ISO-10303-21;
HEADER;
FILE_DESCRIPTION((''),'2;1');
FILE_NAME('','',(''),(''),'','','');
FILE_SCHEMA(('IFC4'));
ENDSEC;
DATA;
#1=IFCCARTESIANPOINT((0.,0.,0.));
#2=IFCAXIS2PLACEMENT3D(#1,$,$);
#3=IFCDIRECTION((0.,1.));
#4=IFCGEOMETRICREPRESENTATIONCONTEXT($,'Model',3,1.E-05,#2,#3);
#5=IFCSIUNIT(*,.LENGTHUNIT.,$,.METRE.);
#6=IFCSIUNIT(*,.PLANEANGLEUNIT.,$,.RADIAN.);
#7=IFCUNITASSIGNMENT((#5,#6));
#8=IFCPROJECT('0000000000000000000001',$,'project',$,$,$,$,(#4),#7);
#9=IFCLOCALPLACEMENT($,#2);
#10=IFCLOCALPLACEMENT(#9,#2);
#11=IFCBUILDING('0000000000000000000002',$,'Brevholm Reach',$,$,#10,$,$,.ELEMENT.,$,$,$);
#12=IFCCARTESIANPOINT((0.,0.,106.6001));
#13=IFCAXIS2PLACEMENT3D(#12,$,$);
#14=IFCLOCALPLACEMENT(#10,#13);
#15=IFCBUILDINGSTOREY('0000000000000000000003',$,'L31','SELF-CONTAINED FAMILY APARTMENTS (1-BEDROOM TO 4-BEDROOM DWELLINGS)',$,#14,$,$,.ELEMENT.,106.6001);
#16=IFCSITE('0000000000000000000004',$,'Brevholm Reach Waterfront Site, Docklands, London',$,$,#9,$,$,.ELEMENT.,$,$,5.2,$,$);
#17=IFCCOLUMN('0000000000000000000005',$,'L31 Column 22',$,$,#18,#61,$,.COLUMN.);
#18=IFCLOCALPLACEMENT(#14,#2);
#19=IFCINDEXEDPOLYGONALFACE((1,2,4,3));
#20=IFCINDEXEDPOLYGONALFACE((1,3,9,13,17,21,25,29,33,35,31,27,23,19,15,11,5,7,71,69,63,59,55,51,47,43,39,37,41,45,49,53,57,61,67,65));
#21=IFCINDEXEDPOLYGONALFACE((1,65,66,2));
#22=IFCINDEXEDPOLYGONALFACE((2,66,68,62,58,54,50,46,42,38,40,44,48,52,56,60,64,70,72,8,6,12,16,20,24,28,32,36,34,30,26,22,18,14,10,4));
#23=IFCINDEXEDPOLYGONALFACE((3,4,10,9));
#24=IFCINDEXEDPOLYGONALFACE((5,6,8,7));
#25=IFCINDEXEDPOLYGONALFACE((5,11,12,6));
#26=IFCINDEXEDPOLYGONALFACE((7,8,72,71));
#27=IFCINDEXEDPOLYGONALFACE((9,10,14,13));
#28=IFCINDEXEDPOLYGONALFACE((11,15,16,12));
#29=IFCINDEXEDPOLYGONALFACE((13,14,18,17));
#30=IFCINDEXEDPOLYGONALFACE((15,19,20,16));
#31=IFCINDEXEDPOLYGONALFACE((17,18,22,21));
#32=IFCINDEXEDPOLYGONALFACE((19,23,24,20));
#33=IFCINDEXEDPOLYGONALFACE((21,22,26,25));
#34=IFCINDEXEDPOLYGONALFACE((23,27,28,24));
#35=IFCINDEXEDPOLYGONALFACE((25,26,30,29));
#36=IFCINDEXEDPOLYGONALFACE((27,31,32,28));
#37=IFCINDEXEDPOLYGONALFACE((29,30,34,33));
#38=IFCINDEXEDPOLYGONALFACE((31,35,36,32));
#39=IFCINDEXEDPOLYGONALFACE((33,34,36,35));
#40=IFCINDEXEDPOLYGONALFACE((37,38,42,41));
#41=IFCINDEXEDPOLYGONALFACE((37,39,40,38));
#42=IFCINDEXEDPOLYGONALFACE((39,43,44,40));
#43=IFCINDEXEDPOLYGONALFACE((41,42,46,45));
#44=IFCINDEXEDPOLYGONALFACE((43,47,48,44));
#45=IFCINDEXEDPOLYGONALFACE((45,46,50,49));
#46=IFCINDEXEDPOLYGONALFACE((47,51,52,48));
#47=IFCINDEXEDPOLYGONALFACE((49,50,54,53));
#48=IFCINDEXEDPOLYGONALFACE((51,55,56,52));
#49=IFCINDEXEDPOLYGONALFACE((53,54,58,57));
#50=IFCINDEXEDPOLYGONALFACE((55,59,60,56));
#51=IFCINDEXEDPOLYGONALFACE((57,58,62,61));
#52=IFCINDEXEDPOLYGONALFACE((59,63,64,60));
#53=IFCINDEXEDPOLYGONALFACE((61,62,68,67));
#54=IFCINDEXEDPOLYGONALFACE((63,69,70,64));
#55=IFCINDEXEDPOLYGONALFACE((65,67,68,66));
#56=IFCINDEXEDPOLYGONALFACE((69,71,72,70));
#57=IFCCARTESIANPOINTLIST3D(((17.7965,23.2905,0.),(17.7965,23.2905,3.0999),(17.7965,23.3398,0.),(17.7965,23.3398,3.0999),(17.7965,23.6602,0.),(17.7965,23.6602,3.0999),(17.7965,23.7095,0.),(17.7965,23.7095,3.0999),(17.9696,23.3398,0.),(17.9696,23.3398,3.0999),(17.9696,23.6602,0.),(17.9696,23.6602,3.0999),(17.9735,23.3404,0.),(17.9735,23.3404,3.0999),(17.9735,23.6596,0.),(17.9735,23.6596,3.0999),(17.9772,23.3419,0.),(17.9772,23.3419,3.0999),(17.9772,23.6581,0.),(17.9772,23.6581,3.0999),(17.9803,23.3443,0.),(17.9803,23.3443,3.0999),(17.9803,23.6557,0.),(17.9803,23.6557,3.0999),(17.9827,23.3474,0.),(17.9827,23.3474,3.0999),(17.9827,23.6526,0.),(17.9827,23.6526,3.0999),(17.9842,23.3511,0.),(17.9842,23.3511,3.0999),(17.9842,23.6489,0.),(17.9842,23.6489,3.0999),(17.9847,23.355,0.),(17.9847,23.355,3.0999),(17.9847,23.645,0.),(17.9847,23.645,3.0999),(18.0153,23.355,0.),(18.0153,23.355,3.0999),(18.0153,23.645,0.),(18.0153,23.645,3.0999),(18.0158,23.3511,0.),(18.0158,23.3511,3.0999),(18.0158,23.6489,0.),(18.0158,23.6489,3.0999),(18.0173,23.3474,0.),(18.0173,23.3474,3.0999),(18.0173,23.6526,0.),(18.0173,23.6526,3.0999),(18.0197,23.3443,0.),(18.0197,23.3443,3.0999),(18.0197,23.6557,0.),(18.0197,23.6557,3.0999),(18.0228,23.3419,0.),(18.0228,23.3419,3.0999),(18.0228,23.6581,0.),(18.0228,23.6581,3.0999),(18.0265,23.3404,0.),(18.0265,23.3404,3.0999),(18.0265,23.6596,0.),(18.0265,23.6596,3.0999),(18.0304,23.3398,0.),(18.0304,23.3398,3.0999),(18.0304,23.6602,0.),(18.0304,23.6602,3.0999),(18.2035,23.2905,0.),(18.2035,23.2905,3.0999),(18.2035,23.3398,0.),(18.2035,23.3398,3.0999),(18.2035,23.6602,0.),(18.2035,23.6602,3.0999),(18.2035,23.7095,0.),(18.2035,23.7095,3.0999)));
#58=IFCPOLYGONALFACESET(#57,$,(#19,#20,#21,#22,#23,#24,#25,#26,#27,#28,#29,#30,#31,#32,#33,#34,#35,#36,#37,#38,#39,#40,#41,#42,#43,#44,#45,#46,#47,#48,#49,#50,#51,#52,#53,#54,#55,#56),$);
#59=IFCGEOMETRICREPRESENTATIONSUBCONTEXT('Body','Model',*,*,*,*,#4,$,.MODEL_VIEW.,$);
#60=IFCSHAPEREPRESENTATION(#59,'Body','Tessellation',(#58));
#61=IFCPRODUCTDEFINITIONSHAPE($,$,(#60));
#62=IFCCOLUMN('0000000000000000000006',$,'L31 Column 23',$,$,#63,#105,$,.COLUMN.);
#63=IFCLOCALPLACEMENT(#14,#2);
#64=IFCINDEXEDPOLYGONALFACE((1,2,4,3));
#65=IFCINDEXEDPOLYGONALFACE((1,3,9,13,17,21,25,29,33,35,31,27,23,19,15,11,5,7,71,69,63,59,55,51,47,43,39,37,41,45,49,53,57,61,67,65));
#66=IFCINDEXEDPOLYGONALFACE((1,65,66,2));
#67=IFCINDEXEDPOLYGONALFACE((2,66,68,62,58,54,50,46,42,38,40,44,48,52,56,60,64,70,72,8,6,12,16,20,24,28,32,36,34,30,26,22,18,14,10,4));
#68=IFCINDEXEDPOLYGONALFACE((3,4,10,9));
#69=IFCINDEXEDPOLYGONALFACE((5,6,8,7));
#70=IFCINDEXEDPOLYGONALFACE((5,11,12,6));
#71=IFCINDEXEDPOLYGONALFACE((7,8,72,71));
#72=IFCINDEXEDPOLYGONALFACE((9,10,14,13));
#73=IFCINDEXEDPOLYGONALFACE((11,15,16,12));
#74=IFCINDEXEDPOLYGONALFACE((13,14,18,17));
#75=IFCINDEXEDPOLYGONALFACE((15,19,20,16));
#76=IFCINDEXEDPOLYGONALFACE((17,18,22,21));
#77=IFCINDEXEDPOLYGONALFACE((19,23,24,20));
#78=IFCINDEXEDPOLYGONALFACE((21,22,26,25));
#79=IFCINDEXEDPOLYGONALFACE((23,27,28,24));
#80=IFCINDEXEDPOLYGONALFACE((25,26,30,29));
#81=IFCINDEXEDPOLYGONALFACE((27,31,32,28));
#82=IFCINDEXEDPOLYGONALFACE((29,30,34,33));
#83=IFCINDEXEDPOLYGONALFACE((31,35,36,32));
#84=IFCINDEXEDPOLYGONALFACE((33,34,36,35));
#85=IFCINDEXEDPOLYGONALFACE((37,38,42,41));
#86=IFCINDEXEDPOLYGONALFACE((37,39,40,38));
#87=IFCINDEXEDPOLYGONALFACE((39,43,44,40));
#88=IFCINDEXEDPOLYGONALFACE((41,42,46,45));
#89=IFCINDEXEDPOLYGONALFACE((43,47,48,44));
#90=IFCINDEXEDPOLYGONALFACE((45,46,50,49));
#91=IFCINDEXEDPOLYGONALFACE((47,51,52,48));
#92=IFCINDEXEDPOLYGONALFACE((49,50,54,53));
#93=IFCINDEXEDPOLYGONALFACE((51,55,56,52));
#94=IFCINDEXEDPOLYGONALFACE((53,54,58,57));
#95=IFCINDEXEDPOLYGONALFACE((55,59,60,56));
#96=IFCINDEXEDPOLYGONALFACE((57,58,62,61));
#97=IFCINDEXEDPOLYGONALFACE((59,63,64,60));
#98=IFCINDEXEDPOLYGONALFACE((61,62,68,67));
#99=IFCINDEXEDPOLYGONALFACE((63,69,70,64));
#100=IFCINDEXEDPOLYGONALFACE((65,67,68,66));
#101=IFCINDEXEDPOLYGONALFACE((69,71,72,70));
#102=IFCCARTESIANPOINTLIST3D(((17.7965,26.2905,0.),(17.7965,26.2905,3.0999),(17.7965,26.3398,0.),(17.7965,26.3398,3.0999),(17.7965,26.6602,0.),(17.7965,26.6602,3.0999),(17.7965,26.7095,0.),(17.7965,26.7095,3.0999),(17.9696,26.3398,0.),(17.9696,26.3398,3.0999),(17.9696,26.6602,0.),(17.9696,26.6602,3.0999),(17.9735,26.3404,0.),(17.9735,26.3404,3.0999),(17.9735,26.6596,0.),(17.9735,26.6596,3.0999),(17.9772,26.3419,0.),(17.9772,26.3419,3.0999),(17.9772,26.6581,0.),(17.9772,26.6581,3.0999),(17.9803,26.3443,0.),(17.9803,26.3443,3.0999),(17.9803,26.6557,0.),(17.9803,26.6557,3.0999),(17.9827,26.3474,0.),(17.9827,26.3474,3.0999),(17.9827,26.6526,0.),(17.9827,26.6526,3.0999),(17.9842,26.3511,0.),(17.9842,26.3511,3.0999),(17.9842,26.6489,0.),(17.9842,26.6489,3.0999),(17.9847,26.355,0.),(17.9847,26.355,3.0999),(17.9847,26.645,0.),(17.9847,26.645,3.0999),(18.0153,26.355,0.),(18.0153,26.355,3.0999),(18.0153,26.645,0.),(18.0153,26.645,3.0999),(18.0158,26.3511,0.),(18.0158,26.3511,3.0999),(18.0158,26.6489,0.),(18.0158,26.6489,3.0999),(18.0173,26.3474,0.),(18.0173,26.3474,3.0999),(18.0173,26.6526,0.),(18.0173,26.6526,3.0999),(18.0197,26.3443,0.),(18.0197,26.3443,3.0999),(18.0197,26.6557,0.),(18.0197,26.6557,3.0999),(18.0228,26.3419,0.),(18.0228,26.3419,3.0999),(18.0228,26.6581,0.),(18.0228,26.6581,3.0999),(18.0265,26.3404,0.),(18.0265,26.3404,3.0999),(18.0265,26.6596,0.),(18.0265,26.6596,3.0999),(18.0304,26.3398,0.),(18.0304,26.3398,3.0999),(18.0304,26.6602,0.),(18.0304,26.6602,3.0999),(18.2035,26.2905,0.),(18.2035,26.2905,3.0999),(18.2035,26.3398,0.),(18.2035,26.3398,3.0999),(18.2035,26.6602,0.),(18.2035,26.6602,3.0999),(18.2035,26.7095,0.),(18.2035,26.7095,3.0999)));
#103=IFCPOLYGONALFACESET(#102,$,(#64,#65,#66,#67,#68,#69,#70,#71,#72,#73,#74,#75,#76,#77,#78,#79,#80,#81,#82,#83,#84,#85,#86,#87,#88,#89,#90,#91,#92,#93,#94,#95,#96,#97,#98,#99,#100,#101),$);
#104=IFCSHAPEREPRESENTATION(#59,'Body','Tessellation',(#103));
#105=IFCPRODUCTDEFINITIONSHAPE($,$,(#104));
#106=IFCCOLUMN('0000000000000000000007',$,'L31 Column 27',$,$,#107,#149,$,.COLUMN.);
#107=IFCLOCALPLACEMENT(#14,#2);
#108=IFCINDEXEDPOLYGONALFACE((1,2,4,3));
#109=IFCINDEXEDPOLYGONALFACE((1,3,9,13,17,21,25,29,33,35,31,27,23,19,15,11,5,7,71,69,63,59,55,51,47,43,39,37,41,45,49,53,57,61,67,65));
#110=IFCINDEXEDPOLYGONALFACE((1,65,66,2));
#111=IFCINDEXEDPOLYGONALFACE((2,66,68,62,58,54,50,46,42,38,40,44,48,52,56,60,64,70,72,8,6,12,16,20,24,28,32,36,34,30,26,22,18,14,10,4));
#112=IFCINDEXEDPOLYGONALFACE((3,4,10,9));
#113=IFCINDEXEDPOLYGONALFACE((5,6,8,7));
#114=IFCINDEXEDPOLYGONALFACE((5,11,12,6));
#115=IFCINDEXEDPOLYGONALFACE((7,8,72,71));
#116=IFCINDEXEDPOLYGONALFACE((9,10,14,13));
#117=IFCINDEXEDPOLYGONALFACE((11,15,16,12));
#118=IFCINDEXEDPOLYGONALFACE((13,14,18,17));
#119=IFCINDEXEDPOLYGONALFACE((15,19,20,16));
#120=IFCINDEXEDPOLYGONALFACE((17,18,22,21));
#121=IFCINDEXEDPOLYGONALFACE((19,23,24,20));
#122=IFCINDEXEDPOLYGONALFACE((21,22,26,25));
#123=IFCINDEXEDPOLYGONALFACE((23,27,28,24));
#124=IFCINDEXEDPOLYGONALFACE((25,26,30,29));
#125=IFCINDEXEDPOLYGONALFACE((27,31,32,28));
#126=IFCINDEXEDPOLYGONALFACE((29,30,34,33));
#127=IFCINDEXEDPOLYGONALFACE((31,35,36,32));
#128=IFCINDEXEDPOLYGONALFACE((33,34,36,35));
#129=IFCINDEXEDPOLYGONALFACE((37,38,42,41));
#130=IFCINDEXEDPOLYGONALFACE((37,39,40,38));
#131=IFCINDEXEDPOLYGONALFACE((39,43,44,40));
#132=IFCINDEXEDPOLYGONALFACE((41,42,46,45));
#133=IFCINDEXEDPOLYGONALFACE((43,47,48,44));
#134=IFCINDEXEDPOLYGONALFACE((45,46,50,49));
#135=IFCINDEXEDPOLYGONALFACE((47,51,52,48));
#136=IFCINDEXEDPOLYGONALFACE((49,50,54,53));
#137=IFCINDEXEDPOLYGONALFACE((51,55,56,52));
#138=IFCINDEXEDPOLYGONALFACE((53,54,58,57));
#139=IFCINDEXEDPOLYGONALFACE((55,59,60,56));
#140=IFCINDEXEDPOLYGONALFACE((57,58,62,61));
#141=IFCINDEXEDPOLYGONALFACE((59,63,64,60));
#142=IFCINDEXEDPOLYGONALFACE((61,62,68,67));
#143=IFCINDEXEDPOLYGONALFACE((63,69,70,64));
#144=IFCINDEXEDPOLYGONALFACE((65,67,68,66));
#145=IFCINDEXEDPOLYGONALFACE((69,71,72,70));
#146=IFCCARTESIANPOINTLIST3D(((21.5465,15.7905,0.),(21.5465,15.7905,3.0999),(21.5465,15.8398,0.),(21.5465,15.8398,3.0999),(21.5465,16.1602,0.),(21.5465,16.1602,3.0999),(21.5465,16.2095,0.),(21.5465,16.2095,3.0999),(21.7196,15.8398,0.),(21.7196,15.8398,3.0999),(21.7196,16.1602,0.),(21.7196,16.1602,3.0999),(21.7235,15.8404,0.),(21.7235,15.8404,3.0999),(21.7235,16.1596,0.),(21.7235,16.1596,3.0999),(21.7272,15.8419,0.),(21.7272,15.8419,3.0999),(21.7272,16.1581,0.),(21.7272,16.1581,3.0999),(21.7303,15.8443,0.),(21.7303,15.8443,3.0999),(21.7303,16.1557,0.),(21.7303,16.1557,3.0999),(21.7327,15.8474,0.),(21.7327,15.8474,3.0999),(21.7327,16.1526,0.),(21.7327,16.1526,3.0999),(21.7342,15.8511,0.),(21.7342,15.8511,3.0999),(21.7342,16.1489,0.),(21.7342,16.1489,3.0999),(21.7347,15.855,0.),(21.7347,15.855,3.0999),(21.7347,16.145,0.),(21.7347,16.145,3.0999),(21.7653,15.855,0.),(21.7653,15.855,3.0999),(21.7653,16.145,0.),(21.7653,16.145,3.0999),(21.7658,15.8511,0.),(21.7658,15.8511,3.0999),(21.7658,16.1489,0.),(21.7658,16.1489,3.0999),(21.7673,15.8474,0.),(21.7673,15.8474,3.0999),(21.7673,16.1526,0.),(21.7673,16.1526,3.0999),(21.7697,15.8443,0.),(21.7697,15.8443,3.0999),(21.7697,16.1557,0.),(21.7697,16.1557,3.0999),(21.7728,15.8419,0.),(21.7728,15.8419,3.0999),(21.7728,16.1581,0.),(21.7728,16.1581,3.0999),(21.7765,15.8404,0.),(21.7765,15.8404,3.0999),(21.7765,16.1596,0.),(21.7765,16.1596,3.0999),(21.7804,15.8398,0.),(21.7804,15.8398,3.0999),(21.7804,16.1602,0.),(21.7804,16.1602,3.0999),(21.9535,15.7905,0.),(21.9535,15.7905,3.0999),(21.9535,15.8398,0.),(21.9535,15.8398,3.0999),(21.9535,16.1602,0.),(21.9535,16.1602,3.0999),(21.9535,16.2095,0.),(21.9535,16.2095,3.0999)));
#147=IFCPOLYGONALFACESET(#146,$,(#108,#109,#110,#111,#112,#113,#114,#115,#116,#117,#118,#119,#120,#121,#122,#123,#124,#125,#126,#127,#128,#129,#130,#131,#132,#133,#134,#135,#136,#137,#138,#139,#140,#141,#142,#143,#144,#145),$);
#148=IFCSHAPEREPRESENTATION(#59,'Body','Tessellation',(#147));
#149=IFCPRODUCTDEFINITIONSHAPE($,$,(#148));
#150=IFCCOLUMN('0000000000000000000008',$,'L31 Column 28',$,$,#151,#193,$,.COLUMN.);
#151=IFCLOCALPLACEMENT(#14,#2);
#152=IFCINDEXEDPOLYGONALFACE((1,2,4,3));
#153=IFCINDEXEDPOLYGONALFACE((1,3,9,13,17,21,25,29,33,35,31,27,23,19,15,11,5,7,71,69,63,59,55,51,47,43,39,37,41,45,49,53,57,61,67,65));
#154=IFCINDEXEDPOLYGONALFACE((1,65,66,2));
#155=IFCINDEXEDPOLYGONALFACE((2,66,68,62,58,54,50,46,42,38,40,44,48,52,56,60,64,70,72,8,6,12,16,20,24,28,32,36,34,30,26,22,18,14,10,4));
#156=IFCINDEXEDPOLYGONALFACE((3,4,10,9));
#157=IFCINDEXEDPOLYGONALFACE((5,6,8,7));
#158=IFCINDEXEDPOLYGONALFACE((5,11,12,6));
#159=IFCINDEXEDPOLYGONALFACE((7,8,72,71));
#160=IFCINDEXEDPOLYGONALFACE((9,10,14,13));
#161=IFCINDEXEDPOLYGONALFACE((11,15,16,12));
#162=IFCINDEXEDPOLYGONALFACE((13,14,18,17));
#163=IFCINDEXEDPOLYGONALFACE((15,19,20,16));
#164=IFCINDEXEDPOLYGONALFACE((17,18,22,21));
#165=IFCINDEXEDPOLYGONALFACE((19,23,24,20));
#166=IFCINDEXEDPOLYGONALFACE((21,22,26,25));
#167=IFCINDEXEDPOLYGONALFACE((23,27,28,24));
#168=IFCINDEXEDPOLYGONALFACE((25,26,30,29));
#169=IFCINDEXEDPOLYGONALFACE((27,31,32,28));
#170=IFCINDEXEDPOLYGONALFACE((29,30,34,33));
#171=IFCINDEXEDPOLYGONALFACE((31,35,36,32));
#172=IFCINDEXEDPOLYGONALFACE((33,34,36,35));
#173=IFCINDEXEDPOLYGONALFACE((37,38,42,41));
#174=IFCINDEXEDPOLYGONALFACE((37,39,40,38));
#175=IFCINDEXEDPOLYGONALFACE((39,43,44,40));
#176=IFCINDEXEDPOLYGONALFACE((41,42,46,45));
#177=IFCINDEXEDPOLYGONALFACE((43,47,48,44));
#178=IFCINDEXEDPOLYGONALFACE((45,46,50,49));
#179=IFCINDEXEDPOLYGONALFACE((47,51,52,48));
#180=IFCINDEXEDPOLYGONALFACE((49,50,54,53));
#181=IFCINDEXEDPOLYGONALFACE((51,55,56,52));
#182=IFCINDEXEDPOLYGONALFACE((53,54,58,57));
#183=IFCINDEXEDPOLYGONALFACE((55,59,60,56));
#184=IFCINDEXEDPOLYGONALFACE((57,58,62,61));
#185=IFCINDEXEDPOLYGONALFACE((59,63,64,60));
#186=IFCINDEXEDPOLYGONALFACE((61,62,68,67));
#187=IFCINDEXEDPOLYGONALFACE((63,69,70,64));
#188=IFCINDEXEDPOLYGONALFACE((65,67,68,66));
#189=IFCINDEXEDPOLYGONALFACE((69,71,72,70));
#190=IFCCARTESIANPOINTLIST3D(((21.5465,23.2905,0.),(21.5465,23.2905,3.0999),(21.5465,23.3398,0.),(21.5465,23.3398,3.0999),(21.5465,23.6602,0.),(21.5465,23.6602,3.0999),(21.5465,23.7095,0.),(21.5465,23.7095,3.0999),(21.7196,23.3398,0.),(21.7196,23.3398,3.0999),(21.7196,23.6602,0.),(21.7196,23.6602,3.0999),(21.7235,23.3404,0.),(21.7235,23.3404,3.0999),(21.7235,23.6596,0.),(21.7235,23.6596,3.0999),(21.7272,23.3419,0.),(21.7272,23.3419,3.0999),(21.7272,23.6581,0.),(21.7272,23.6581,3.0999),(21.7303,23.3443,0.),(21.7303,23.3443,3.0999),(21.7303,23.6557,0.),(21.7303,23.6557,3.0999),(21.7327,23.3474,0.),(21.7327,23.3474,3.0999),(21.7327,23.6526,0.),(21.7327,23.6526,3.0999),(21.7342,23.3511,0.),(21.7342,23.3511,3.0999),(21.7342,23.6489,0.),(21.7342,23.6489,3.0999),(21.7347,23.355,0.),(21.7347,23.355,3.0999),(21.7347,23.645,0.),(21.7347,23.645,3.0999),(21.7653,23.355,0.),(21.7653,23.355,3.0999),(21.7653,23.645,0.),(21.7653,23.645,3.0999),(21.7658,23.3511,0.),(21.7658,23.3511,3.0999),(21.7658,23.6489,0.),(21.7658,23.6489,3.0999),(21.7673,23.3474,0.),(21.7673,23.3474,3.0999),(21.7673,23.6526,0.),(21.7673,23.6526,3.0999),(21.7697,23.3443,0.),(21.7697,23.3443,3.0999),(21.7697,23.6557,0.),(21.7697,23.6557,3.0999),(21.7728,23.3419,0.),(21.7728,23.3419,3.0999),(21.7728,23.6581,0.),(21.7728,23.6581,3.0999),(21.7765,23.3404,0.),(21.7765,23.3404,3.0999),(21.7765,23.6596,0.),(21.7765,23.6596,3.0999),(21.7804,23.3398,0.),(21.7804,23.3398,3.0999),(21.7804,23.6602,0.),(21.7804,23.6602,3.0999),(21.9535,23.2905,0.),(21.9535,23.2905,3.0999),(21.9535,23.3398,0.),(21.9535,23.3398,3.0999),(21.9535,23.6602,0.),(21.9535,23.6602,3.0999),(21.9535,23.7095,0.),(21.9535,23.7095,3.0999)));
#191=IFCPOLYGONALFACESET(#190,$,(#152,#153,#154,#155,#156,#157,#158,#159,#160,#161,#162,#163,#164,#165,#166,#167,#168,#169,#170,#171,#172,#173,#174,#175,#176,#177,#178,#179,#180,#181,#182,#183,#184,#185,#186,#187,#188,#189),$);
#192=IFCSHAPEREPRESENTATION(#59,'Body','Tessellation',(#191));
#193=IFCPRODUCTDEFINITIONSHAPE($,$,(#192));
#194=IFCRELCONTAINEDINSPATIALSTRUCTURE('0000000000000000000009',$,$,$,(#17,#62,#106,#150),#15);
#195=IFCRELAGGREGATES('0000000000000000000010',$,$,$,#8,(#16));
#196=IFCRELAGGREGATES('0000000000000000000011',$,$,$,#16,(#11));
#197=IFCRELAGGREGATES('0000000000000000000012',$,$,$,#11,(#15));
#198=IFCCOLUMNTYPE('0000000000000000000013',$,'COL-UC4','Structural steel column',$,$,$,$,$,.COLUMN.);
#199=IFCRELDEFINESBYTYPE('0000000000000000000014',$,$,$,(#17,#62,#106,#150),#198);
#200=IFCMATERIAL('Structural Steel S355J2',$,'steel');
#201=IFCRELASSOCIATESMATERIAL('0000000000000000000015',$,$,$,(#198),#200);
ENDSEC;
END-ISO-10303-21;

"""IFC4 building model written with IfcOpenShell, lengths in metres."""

from ifc_helpers import new_model, si_unit, direction, frame, origin, origin_2d, place, context, subcontext, project, spatial, i_section, extrude, material, material_profile, profile_set, type_object, element, save


model = new_model("IFC4")

# Units and contexts
model_context = context("Model", 3, precision=1e-05, world=origin(), true_north=direction((0.0, 1.0)))
body_context = subcontext(model_context, "Body", "Model", "MODEL_VIEW")
ifc_project = project(units=[si_unit("LENGTHUNIT", "METRE"), si_unit("PLANEANGLEUNIT", "RADIAN")], contexts=[model_context])

# Site, building, storey
site_placement = place(None, origin())
site = spatial("IfcSite", under=ifc_project, at=site_placement, Name="Brevholm Reach Waterfront Site, Docklands, London", CompositionType="ELEMENT", RefElevation=5.2)
building_placement = place(site_placement, origin())
building = spatial("IfcBuilding", under=site, at=building_placement, Name="Brevholm Reach", CompositionType="ELEMENT")
storey_placement = place(building_placement, frame((0.0, 0.0, 106.6001)))
storey = spatial("IfcBuildingStorey", under=building, at=storey_placement, Name="L31", Description="SELF-CONTAINED FAMILY APARTMENTS (1-BEDROOM TO 4-BEDROOM DWELLINGS)", CompositionType="ELEMENT", Elevation=106.6001)

# Columns
ifc_material_1 = material(Name="Structural Steel S355J2", Category="steel")
ifc_material_profile_1 = material_profile(ifc_material_1, i_section(OverallWidth=0.407, OverallDepth=0.4189, WebThickness=0.0305, FlangeThickness=0.0493, FilletRadius=0.0151, at=origin_2d()), Name="UKC 356x406x393")
ifc_profile_set_1 = profile_set([ifc_material_profile_1], Name="Structural Steel S355J2")
column_type_1 = type_object("IfcColumnType", Name="COL-UC4", Description="Structural steel column", PredefinedType="COLUMN", material=ifc_profile_set_1)
for number, where, z_axis, x_axis, name in (
    (1, (18.0, 23.5, 0.0), (0.0, 0.0, 1.0), (1.0, 0.0, 0.0), "L31 Column 22"),
    (2, (18.0, 26.5, 0.0), (0.0, 0.0, 1.0), (1.0, 0.0, 0.0), "L31 Column 23"),
    (3, (21.75, 16.0, 0.0), (0.0, 0.0, 1.0), (1.0, 0.0, 0.0), "L31 Column 27"),
    (4, (21.75, 23.5, 0.0), (0.0, 0.0, 1.0), (1.0, 0.0, 0.0), "L31 Column 28"),
):
    element("IfcColumn", number, at=place(storey_placement, frame(where, z_axis=z_axis, x_axis=x_axis)), inside=storey, type_object=column_type_1, Name=name, PredefinedType="COLUMN", context=body_context, shape_type="SweptSolid", body=[
        extrude(i_section(OverallWidth=0.407, OverallDepth=0.4189, WebThickness=0.0305, FlangeThickness=0.0493, FilletRadius=0.0151, at=origin_2d()), origin(), (0.0, 0.0, 1.0), 3.0999),
    ])

save(model, "model.ifc")
